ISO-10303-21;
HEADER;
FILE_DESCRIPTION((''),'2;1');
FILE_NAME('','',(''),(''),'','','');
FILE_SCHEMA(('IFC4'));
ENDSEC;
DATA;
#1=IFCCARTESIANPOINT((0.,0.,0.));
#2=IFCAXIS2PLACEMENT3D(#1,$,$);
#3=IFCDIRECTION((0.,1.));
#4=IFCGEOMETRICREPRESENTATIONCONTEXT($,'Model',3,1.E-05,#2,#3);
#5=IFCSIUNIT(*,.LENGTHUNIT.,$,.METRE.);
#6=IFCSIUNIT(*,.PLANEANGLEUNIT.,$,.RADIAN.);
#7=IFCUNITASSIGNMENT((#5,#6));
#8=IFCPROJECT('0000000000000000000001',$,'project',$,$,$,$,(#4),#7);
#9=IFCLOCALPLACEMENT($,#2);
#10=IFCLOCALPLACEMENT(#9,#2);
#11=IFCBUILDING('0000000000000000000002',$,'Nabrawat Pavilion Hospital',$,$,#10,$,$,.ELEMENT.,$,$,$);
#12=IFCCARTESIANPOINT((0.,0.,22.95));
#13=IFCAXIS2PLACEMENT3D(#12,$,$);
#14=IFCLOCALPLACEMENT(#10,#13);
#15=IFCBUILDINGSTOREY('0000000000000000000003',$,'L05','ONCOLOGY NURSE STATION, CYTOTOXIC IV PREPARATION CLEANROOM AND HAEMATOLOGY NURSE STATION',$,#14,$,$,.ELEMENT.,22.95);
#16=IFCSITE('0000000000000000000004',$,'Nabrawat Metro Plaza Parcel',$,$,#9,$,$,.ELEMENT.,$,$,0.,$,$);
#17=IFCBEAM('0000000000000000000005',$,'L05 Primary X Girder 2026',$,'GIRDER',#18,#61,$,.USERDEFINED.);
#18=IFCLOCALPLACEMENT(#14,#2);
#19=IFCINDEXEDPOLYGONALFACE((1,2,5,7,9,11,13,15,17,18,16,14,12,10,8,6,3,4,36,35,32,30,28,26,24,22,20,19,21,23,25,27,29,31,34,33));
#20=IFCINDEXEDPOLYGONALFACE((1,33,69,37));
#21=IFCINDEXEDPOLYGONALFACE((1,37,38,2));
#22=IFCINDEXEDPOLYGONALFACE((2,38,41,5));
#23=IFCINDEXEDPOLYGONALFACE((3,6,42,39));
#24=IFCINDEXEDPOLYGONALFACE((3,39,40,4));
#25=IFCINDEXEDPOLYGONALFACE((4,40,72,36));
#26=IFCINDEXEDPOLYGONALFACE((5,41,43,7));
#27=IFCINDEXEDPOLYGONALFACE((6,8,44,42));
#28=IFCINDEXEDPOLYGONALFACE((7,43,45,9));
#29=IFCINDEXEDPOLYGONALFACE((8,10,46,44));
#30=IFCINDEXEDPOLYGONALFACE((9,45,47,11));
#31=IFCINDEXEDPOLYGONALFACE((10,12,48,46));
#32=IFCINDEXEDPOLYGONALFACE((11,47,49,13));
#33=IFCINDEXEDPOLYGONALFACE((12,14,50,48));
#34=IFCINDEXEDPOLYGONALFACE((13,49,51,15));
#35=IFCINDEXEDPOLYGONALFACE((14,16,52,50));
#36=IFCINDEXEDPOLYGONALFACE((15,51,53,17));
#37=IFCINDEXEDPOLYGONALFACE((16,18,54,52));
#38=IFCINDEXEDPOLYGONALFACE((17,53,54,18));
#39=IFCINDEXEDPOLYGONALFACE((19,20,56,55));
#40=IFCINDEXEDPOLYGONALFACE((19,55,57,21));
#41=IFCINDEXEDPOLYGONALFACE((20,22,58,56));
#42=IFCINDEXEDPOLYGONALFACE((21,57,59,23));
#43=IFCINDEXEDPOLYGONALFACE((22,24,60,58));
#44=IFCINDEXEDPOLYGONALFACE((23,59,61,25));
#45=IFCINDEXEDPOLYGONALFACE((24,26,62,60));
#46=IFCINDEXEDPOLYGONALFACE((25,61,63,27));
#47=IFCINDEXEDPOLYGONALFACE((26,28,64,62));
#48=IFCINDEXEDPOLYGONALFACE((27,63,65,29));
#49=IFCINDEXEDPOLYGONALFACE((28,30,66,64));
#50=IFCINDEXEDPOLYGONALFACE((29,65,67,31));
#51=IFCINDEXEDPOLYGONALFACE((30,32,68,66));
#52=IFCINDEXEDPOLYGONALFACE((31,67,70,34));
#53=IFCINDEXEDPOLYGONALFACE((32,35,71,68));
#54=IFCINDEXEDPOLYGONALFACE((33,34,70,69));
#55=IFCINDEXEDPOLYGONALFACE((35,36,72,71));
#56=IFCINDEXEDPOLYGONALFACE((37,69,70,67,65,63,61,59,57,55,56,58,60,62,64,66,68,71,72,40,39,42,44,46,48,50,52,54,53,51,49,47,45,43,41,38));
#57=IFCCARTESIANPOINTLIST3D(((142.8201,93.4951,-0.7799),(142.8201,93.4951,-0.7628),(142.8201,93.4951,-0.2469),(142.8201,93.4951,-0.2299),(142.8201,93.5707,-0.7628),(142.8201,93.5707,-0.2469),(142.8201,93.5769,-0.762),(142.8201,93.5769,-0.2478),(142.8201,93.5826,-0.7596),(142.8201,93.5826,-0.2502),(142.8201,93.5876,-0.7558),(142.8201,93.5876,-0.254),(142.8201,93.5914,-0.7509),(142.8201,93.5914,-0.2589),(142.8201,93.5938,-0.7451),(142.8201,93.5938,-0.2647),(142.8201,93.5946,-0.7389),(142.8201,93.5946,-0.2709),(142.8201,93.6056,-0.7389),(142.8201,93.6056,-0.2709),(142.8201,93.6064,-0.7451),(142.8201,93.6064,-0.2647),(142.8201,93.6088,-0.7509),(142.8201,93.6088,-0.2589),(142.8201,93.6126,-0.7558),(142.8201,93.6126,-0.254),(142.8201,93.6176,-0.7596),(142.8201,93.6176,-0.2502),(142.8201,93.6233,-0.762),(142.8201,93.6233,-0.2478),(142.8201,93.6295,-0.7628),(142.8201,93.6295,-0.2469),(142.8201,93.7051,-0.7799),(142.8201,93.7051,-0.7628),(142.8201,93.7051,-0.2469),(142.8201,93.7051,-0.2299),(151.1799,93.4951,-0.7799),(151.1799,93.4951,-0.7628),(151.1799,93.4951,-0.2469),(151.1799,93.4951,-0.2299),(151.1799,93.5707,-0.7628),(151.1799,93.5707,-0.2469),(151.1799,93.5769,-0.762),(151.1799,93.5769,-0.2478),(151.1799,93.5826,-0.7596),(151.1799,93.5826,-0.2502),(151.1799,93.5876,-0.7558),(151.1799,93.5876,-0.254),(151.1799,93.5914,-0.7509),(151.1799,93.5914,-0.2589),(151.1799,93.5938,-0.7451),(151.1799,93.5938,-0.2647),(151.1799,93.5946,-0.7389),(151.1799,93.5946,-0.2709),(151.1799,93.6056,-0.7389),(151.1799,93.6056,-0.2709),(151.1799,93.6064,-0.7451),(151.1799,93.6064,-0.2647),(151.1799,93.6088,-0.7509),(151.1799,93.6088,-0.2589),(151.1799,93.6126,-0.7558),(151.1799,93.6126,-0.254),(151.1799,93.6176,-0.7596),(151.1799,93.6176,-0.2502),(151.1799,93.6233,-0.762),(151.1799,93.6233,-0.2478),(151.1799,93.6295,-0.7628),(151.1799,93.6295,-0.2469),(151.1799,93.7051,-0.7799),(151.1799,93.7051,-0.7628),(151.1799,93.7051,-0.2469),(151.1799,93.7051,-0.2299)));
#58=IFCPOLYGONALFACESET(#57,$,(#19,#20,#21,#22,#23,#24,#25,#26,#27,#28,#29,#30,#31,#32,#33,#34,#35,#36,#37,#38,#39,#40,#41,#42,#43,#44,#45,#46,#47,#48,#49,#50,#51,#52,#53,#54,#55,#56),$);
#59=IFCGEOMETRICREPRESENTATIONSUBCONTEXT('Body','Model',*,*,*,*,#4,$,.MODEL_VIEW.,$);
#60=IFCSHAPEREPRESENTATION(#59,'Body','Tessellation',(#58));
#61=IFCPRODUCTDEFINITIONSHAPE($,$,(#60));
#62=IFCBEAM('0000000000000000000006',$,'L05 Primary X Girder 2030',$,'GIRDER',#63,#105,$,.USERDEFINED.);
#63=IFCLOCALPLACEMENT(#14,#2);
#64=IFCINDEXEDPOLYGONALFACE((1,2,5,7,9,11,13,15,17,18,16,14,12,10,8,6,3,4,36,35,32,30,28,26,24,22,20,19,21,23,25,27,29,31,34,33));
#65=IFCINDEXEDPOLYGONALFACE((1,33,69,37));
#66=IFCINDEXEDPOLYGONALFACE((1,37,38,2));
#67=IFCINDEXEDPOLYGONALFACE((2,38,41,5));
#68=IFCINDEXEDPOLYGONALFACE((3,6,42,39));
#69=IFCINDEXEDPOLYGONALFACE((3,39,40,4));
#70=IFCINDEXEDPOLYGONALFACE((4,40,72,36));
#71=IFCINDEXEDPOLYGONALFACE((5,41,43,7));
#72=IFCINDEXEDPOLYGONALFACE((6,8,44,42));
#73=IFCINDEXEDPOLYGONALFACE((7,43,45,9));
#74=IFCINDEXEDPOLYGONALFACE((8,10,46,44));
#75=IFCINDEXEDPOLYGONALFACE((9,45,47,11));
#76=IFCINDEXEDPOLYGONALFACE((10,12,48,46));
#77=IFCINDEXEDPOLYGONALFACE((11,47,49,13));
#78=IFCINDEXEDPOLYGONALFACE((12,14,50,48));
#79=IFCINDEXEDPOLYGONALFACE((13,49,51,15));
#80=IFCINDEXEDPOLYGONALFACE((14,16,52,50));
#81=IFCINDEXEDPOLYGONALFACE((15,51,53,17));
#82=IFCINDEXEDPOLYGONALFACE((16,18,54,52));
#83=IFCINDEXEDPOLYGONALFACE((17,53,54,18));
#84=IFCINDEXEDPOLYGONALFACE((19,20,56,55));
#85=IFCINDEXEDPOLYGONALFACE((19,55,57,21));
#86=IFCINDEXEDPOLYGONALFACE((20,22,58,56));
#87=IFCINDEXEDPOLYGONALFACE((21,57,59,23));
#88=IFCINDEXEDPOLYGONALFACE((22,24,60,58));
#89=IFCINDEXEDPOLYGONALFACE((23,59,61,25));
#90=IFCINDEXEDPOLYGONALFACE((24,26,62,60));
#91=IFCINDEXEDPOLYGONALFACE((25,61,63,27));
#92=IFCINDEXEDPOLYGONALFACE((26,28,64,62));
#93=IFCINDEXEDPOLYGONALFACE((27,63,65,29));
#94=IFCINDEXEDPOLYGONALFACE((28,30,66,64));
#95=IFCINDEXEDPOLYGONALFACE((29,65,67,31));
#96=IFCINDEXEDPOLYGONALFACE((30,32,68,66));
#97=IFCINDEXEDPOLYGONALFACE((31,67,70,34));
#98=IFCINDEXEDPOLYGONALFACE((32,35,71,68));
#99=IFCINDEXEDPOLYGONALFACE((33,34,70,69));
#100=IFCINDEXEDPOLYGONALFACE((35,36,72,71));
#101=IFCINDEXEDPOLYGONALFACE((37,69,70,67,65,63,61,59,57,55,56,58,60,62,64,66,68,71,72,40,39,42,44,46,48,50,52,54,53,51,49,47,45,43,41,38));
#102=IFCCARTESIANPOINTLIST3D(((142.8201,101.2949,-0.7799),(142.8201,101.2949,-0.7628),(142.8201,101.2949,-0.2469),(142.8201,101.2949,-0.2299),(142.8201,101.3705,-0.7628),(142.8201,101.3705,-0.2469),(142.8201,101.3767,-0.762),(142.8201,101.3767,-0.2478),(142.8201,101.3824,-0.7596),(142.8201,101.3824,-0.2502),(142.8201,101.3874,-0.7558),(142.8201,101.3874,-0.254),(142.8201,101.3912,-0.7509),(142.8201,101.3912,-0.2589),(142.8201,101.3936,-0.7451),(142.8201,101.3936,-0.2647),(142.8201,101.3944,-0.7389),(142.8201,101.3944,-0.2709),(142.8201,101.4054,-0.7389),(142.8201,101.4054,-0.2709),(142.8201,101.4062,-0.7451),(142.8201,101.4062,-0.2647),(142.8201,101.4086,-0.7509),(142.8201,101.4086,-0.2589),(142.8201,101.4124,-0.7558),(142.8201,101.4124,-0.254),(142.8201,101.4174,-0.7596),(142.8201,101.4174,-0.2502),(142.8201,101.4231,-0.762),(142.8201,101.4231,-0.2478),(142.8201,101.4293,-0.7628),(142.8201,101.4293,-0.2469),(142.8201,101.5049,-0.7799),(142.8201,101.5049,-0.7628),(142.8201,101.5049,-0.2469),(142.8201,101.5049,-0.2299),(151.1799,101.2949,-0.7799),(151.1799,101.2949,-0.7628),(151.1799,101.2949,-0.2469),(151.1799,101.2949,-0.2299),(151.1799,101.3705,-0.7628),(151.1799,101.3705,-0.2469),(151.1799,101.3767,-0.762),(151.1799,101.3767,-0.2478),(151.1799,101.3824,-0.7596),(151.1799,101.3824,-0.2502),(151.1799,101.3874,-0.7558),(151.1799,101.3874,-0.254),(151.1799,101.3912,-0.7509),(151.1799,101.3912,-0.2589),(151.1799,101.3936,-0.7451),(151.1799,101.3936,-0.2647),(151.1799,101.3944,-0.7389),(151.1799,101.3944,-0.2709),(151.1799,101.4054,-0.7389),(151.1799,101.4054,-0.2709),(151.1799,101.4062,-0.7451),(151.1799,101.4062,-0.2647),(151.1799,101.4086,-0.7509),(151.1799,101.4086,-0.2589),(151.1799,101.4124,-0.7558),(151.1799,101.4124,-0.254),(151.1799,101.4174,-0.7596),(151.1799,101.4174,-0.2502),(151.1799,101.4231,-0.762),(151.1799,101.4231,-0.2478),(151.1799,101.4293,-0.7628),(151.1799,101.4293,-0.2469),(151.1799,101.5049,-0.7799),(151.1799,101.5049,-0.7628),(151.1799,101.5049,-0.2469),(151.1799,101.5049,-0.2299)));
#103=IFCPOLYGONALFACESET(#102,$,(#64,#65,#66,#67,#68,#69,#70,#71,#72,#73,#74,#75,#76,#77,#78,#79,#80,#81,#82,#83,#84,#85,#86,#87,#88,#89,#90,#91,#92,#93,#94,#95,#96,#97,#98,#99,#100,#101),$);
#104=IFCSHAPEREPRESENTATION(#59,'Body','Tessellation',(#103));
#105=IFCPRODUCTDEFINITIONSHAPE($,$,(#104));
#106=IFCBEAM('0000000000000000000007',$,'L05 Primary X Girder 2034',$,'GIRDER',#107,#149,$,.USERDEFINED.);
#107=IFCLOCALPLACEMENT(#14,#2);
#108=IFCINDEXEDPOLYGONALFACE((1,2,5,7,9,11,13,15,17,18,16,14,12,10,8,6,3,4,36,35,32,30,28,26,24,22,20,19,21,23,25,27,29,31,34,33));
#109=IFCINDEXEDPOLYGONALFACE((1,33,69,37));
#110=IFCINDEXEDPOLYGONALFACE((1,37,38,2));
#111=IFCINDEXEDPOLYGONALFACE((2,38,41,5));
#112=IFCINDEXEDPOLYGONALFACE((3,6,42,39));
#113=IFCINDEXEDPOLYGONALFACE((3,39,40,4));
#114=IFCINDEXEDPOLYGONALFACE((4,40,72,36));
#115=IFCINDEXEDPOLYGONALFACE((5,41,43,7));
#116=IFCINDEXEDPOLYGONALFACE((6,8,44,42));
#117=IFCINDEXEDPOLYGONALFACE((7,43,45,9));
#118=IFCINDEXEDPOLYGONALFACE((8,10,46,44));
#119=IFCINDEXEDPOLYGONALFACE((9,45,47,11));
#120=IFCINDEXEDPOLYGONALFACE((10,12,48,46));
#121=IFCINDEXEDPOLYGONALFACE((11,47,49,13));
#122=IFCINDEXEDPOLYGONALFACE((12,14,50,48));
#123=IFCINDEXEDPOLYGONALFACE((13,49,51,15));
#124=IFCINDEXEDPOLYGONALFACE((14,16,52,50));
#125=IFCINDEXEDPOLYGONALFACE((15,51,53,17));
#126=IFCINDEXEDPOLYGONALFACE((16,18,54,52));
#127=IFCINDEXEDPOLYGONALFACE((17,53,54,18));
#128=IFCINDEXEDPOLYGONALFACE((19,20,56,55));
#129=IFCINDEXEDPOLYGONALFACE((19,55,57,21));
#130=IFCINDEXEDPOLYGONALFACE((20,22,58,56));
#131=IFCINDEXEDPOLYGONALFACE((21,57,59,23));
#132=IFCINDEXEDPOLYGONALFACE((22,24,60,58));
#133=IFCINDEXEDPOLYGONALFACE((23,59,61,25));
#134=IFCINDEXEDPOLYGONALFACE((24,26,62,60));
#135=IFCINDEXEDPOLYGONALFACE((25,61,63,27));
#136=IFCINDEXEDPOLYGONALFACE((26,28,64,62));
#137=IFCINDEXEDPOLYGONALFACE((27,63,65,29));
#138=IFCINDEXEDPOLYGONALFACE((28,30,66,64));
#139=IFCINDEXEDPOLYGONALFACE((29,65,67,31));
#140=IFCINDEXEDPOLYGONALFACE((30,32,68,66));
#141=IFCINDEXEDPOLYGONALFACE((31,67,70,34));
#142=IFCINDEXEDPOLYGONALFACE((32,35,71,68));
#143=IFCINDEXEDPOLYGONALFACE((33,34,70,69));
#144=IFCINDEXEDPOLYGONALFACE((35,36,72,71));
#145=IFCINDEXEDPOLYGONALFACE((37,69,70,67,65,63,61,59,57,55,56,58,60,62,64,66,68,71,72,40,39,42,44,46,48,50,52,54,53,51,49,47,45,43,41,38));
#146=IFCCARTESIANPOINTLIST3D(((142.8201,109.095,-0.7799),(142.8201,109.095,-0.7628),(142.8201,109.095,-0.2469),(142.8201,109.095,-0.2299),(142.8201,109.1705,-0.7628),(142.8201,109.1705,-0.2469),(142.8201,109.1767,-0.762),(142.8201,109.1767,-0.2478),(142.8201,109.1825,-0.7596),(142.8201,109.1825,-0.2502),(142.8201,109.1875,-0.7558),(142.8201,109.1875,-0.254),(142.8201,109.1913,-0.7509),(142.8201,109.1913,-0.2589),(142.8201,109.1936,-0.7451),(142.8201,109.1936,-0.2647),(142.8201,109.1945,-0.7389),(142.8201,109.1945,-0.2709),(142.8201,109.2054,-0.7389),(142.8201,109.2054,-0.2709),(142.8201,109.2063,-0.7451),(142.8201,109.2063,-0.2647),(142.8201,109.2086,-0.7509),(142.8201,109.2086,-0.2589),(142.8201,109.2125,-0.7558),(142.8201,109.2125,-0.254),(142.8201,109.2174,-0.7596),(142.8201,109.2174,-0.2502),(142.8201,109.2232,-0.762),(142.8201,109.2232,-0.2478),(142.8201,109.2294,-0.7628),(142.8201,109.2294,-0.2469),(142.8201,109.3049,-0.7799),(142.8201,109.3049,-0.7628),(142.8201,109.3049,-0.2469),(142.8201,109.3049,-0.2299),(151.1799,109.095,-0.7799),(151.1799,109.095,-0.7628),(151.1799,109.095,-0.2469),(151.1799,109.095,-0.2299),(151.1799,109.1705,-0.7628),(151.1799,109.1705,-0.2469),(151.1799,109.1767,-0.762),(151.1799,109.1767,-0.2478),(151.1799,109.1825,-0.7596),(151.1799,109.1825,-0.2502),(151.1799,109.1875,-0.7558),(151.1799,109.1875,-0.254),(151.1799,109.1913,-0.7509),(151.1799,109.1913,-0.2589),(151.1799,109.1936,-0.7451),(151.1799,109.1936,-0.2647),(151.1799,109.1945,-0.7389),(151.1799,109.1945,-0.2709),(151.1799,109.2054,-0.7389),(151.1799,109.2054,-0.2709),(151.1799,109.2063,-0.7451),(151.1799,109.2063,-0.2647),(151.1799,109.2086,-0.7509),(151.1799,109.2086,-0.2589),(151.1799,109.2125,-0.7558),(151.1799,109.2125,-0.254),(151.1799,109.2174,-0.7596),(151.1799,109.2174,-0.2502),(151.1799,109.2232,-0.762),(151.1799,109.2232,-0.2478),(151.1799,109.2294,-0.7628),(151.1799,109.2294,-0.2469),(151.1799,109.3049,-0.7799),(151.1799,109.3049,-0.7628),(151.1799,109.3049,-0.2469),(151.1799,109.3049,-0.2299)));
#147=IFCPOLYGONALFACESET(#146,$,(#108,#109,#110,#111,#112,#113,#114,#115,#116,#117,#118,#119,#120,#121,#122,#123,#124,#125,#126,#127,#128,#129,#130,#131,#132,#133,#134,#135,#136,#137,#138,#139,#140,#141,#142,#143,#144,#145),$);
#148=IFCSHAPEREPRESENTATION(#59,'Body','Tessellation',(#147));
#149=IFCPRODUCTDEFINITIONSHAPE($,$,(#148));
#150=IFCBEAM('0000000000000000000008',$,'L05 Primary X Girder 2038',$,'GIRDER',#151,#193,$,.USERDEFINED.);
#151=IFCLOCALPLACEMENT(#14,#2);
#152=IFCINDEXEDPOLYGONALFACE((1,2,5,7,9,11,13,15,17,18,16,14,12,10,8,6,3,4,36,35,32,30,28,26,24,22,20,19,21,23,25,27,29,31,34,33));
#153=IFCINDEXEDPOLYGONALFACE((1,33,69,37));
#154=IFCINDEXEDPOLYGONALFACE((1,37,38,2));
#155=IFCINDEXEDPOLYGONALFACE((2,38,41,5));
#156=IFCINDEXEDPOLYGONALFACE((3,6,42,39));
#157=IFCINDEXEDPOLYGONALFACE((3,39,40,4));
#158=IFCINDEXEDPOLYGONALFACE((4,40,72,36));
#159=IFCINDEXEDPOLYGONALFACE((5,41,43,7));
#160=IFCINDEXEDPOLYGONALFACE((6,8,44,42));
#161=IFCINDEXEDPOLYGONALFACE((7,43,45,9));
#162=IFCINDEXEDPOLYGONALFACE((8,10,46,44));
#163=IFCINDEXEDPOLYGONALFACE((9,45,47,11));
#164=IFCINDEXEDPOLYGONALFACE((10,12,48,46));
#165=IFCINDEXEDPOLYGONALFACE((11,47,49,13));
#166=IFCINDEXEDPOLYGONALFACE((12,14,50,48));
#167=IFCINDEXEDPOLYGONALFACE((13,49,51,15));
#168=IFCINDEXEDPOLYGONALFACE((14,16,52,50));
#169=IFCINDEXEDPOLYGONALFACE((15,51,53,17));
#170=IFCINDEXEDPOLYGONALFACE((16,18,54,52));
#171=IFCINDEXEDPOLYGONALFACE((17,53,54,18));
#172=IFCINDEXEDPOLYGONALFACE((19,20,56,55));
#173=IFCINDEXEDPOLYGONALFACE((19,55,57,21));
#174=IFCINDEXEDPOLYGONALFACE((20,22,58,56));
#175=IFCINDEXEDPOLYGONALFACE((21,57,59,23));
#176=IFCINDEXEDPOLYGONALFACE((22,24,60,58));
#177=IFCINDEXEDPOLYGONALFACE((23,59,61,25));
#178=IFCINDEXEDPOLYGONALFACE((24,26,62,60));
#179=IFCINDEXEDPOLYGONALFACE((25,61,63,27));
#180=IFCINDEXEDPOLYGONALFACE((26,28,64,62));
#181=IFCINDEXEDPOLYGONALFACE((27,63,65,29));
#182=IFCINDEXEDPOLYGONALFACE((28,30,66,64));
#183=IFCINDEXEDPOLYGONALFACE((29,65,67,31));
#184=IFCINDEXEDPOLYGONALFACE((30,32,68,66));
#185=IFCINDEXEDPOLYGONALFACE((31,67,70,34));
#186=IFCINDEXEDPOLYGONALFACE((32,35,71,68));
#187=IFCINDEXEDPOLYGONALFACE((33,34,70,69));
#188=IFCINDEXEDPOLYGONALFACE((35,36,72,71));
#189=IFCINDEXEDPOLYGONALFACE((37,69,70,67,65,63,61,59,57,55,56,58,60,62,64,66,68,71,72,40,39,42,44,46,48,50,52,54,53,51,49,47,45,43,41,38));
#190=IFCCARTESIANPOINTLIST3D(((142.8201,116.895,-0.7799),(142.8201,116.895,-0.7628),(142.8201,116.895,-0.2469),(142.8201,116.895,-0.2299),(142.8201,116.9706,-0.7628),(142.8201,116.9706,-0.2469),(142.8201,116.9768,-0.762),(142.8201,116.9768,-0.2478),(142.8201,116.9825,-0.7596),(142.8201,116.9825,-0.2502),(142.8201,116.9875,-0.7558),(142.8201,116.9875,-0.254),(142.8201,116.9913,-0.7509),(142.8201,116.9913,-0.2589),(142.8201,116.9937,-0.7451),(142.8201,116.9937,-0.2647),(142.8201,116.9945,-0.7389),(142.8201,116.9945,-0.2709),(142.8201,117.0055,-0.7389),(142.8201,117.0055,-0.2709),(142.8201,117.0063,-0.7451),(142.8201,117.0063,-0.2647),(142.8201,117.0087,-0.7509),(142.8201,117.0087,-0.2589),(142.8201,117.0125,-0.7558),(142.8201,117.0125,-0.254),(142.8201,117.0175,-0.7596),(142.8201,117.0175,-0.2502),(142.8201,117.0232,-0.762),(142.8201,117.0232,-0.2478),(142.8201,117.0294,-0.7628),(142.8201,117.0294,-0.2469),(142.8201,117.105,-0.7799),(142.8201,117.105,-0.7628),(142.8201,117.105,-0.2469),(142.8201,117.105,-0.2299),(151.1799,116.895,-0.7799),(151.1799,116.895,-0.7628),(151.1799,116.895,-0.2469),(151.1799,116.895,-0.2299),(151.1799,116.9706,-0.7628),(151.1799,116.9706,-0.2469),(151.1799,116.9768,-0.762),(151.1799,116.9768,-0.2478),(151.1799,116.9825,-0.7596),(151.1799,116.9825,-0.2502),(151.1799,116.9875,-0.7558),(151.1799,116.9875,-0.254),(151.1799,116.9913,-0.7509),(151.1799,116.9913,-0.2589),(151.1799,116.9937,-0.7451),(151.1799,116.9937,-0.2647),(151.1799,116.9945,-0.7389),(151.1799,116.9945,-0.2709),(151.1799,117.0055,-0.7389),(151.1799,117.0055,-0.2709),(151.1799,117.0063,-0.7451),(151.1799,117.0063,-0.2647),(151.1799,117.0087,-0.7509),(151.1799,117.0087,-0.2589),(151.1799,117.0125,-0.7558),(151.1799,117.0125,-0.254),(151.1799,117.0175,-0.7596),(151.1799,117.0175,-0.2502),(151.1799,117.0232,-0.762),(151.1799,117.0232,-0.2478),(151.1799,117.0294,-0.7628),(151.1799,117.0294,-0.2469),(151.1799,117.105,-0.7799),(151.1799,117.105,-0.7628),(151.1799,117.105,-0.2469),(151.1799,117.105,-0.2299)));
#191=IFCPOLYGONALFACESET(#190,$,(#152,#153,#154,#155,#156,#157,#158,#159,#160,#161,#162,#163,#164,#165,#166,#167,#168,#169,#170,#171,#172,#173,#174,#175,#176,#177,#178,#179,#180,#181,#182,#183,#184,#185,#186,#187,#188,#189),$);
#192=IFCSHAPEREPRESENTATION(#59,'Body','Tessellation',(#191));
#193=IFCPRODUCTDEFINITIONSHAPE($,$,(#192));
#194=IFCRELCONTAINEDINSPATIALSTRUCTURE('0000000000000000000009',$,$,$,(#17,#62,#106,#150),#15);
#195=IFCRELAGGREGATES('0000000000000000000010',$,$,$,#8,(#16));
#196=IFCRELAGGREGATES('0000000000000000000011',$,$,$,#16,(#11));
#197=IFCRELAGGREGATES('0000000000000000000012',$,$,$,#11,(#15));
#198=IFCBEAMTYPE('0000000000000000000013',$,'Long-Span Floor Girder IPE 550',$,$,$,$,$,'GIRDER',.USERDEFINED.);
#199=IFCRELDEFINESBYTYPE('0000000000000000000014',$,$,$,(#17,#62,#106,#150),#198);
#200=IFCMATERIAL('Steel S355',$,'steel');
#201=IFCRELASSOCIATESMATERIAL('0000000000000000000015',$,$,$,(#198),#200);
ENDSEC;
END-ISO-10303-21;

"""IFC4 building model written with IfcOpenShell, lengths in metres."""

from ifc_helpers import new_model, si_unit, direction, frame, origin, origin_2d, place, context, subcontext, project, spatial, i_section, extrude, material, material_profile, profile_set, type_object, element, save


model = new_model("IFC4")

# Units and contexts
model_context = context("Model", 3, precision=1e-05, world=origin(), true_north=direction((0.0, 1.0)))
body_context = subcontext(model_context, "Body", "Model", "MODEL_VIEW")
ifc_project = project(units=[si_unit("LENGTHUNIT", "METRE"), si_unit("PLANEANGLEUNIT", "RADIAN")], contexts=[model_context])

# Site, building, storey
site_placement = place(None, origin())
site = spatial("IfcSite", under=ifc_project, at=site_placement, Name="Nabrawat Metro Plaza Parcel", CompositionType="ELEMENT", RefElevation=0.0)
building_placement = place(site_placement, origin())
building = spatial("IfcBuilding", under=site, at=building_placement, Name="Nabrawat Pavilion Hospital", CompositionType="ELEMENT")
storey_placement = place(building_placement, frame((0.0, 0.0, 22.95)))
storey = spatial("IfcBuildingStorey", under=building, at=storey_placement, Name="L05", Description="ONCOLOGY NURSE STATION, CYTOTOXIC IV PREPARATION CLEANROOM AND HAEMATOLOGY NURSE STATION", CompositionType="ELEMENT", Elevation=22.95)

# Shared definitions
ifc_material_1 = material(Name="Steel S355", Category="steel")

# Beams
ifc_material_profile_1 = material_profile(ifc_material_1, i_section(OverallWidth=0.21, OverallDepth=0.55, WebThickness=0.011, FlangeThickness=0.0171, FilletRadius=0.0239, at=origin_2d()), Name="IPE 550")
ifc_profile_set_1 = profile_set([ifc_material_profile_1], Name="Steel S355")
beam_type_1 = type_object("IfcBeamType", Name="Long-Span Floor Girder IPE 550", ElementType="GIRDER", PredefinedType="USERDEFINED", material=ifc_profile_set_1)
for number, where, z_axis, x_axis, name in (
    (1, (142.8201, 93.6001, -0.5049), (1.0, 0.0, 0.0), (0.0, 1.0, 0.0), "L05 Primary X Girder 2026"),
    (2, (142.8201, 101.3999, -0.5049), (1.0, 0.0, 0.0), (0.0, 1.0, 0.0), "L05 Primary X Girder 2030"),
    (3, (142.8201, 109.2, -0.5049), (1.0, 0.0, 0.0), (0.0, 1.0, 0.0), "L05 Primary X Girder 2034"),
    (4, (142.8201, 117.0, -0.5049), (1.0, 0.0, 0.0), (0.0, 1.0, 0.0), "L05 Primary X Girder 2038"),
):
    element("IfcBeam", number, at=place(storey_placement, frame(where, z_axis=z_axis, x_axis=x_axis)), inside=storey, type_object=beam_type_1, Name=name, ObjectType="GIRDER", PredefinedType="USERDEFINED", context=body_context, shape_type="SweptSolid", body=[
        extrude(i_section(OverallWidth=0.21, OverallDepth=0.55, WebThickness=0.011, FlangeThickness=0.0171, FilletRadius=0.0239, at=origin_2d()), origin(), (0.0, 0.0, 1.0), 8.3599),
    ])

save(model, "model.ifc")
